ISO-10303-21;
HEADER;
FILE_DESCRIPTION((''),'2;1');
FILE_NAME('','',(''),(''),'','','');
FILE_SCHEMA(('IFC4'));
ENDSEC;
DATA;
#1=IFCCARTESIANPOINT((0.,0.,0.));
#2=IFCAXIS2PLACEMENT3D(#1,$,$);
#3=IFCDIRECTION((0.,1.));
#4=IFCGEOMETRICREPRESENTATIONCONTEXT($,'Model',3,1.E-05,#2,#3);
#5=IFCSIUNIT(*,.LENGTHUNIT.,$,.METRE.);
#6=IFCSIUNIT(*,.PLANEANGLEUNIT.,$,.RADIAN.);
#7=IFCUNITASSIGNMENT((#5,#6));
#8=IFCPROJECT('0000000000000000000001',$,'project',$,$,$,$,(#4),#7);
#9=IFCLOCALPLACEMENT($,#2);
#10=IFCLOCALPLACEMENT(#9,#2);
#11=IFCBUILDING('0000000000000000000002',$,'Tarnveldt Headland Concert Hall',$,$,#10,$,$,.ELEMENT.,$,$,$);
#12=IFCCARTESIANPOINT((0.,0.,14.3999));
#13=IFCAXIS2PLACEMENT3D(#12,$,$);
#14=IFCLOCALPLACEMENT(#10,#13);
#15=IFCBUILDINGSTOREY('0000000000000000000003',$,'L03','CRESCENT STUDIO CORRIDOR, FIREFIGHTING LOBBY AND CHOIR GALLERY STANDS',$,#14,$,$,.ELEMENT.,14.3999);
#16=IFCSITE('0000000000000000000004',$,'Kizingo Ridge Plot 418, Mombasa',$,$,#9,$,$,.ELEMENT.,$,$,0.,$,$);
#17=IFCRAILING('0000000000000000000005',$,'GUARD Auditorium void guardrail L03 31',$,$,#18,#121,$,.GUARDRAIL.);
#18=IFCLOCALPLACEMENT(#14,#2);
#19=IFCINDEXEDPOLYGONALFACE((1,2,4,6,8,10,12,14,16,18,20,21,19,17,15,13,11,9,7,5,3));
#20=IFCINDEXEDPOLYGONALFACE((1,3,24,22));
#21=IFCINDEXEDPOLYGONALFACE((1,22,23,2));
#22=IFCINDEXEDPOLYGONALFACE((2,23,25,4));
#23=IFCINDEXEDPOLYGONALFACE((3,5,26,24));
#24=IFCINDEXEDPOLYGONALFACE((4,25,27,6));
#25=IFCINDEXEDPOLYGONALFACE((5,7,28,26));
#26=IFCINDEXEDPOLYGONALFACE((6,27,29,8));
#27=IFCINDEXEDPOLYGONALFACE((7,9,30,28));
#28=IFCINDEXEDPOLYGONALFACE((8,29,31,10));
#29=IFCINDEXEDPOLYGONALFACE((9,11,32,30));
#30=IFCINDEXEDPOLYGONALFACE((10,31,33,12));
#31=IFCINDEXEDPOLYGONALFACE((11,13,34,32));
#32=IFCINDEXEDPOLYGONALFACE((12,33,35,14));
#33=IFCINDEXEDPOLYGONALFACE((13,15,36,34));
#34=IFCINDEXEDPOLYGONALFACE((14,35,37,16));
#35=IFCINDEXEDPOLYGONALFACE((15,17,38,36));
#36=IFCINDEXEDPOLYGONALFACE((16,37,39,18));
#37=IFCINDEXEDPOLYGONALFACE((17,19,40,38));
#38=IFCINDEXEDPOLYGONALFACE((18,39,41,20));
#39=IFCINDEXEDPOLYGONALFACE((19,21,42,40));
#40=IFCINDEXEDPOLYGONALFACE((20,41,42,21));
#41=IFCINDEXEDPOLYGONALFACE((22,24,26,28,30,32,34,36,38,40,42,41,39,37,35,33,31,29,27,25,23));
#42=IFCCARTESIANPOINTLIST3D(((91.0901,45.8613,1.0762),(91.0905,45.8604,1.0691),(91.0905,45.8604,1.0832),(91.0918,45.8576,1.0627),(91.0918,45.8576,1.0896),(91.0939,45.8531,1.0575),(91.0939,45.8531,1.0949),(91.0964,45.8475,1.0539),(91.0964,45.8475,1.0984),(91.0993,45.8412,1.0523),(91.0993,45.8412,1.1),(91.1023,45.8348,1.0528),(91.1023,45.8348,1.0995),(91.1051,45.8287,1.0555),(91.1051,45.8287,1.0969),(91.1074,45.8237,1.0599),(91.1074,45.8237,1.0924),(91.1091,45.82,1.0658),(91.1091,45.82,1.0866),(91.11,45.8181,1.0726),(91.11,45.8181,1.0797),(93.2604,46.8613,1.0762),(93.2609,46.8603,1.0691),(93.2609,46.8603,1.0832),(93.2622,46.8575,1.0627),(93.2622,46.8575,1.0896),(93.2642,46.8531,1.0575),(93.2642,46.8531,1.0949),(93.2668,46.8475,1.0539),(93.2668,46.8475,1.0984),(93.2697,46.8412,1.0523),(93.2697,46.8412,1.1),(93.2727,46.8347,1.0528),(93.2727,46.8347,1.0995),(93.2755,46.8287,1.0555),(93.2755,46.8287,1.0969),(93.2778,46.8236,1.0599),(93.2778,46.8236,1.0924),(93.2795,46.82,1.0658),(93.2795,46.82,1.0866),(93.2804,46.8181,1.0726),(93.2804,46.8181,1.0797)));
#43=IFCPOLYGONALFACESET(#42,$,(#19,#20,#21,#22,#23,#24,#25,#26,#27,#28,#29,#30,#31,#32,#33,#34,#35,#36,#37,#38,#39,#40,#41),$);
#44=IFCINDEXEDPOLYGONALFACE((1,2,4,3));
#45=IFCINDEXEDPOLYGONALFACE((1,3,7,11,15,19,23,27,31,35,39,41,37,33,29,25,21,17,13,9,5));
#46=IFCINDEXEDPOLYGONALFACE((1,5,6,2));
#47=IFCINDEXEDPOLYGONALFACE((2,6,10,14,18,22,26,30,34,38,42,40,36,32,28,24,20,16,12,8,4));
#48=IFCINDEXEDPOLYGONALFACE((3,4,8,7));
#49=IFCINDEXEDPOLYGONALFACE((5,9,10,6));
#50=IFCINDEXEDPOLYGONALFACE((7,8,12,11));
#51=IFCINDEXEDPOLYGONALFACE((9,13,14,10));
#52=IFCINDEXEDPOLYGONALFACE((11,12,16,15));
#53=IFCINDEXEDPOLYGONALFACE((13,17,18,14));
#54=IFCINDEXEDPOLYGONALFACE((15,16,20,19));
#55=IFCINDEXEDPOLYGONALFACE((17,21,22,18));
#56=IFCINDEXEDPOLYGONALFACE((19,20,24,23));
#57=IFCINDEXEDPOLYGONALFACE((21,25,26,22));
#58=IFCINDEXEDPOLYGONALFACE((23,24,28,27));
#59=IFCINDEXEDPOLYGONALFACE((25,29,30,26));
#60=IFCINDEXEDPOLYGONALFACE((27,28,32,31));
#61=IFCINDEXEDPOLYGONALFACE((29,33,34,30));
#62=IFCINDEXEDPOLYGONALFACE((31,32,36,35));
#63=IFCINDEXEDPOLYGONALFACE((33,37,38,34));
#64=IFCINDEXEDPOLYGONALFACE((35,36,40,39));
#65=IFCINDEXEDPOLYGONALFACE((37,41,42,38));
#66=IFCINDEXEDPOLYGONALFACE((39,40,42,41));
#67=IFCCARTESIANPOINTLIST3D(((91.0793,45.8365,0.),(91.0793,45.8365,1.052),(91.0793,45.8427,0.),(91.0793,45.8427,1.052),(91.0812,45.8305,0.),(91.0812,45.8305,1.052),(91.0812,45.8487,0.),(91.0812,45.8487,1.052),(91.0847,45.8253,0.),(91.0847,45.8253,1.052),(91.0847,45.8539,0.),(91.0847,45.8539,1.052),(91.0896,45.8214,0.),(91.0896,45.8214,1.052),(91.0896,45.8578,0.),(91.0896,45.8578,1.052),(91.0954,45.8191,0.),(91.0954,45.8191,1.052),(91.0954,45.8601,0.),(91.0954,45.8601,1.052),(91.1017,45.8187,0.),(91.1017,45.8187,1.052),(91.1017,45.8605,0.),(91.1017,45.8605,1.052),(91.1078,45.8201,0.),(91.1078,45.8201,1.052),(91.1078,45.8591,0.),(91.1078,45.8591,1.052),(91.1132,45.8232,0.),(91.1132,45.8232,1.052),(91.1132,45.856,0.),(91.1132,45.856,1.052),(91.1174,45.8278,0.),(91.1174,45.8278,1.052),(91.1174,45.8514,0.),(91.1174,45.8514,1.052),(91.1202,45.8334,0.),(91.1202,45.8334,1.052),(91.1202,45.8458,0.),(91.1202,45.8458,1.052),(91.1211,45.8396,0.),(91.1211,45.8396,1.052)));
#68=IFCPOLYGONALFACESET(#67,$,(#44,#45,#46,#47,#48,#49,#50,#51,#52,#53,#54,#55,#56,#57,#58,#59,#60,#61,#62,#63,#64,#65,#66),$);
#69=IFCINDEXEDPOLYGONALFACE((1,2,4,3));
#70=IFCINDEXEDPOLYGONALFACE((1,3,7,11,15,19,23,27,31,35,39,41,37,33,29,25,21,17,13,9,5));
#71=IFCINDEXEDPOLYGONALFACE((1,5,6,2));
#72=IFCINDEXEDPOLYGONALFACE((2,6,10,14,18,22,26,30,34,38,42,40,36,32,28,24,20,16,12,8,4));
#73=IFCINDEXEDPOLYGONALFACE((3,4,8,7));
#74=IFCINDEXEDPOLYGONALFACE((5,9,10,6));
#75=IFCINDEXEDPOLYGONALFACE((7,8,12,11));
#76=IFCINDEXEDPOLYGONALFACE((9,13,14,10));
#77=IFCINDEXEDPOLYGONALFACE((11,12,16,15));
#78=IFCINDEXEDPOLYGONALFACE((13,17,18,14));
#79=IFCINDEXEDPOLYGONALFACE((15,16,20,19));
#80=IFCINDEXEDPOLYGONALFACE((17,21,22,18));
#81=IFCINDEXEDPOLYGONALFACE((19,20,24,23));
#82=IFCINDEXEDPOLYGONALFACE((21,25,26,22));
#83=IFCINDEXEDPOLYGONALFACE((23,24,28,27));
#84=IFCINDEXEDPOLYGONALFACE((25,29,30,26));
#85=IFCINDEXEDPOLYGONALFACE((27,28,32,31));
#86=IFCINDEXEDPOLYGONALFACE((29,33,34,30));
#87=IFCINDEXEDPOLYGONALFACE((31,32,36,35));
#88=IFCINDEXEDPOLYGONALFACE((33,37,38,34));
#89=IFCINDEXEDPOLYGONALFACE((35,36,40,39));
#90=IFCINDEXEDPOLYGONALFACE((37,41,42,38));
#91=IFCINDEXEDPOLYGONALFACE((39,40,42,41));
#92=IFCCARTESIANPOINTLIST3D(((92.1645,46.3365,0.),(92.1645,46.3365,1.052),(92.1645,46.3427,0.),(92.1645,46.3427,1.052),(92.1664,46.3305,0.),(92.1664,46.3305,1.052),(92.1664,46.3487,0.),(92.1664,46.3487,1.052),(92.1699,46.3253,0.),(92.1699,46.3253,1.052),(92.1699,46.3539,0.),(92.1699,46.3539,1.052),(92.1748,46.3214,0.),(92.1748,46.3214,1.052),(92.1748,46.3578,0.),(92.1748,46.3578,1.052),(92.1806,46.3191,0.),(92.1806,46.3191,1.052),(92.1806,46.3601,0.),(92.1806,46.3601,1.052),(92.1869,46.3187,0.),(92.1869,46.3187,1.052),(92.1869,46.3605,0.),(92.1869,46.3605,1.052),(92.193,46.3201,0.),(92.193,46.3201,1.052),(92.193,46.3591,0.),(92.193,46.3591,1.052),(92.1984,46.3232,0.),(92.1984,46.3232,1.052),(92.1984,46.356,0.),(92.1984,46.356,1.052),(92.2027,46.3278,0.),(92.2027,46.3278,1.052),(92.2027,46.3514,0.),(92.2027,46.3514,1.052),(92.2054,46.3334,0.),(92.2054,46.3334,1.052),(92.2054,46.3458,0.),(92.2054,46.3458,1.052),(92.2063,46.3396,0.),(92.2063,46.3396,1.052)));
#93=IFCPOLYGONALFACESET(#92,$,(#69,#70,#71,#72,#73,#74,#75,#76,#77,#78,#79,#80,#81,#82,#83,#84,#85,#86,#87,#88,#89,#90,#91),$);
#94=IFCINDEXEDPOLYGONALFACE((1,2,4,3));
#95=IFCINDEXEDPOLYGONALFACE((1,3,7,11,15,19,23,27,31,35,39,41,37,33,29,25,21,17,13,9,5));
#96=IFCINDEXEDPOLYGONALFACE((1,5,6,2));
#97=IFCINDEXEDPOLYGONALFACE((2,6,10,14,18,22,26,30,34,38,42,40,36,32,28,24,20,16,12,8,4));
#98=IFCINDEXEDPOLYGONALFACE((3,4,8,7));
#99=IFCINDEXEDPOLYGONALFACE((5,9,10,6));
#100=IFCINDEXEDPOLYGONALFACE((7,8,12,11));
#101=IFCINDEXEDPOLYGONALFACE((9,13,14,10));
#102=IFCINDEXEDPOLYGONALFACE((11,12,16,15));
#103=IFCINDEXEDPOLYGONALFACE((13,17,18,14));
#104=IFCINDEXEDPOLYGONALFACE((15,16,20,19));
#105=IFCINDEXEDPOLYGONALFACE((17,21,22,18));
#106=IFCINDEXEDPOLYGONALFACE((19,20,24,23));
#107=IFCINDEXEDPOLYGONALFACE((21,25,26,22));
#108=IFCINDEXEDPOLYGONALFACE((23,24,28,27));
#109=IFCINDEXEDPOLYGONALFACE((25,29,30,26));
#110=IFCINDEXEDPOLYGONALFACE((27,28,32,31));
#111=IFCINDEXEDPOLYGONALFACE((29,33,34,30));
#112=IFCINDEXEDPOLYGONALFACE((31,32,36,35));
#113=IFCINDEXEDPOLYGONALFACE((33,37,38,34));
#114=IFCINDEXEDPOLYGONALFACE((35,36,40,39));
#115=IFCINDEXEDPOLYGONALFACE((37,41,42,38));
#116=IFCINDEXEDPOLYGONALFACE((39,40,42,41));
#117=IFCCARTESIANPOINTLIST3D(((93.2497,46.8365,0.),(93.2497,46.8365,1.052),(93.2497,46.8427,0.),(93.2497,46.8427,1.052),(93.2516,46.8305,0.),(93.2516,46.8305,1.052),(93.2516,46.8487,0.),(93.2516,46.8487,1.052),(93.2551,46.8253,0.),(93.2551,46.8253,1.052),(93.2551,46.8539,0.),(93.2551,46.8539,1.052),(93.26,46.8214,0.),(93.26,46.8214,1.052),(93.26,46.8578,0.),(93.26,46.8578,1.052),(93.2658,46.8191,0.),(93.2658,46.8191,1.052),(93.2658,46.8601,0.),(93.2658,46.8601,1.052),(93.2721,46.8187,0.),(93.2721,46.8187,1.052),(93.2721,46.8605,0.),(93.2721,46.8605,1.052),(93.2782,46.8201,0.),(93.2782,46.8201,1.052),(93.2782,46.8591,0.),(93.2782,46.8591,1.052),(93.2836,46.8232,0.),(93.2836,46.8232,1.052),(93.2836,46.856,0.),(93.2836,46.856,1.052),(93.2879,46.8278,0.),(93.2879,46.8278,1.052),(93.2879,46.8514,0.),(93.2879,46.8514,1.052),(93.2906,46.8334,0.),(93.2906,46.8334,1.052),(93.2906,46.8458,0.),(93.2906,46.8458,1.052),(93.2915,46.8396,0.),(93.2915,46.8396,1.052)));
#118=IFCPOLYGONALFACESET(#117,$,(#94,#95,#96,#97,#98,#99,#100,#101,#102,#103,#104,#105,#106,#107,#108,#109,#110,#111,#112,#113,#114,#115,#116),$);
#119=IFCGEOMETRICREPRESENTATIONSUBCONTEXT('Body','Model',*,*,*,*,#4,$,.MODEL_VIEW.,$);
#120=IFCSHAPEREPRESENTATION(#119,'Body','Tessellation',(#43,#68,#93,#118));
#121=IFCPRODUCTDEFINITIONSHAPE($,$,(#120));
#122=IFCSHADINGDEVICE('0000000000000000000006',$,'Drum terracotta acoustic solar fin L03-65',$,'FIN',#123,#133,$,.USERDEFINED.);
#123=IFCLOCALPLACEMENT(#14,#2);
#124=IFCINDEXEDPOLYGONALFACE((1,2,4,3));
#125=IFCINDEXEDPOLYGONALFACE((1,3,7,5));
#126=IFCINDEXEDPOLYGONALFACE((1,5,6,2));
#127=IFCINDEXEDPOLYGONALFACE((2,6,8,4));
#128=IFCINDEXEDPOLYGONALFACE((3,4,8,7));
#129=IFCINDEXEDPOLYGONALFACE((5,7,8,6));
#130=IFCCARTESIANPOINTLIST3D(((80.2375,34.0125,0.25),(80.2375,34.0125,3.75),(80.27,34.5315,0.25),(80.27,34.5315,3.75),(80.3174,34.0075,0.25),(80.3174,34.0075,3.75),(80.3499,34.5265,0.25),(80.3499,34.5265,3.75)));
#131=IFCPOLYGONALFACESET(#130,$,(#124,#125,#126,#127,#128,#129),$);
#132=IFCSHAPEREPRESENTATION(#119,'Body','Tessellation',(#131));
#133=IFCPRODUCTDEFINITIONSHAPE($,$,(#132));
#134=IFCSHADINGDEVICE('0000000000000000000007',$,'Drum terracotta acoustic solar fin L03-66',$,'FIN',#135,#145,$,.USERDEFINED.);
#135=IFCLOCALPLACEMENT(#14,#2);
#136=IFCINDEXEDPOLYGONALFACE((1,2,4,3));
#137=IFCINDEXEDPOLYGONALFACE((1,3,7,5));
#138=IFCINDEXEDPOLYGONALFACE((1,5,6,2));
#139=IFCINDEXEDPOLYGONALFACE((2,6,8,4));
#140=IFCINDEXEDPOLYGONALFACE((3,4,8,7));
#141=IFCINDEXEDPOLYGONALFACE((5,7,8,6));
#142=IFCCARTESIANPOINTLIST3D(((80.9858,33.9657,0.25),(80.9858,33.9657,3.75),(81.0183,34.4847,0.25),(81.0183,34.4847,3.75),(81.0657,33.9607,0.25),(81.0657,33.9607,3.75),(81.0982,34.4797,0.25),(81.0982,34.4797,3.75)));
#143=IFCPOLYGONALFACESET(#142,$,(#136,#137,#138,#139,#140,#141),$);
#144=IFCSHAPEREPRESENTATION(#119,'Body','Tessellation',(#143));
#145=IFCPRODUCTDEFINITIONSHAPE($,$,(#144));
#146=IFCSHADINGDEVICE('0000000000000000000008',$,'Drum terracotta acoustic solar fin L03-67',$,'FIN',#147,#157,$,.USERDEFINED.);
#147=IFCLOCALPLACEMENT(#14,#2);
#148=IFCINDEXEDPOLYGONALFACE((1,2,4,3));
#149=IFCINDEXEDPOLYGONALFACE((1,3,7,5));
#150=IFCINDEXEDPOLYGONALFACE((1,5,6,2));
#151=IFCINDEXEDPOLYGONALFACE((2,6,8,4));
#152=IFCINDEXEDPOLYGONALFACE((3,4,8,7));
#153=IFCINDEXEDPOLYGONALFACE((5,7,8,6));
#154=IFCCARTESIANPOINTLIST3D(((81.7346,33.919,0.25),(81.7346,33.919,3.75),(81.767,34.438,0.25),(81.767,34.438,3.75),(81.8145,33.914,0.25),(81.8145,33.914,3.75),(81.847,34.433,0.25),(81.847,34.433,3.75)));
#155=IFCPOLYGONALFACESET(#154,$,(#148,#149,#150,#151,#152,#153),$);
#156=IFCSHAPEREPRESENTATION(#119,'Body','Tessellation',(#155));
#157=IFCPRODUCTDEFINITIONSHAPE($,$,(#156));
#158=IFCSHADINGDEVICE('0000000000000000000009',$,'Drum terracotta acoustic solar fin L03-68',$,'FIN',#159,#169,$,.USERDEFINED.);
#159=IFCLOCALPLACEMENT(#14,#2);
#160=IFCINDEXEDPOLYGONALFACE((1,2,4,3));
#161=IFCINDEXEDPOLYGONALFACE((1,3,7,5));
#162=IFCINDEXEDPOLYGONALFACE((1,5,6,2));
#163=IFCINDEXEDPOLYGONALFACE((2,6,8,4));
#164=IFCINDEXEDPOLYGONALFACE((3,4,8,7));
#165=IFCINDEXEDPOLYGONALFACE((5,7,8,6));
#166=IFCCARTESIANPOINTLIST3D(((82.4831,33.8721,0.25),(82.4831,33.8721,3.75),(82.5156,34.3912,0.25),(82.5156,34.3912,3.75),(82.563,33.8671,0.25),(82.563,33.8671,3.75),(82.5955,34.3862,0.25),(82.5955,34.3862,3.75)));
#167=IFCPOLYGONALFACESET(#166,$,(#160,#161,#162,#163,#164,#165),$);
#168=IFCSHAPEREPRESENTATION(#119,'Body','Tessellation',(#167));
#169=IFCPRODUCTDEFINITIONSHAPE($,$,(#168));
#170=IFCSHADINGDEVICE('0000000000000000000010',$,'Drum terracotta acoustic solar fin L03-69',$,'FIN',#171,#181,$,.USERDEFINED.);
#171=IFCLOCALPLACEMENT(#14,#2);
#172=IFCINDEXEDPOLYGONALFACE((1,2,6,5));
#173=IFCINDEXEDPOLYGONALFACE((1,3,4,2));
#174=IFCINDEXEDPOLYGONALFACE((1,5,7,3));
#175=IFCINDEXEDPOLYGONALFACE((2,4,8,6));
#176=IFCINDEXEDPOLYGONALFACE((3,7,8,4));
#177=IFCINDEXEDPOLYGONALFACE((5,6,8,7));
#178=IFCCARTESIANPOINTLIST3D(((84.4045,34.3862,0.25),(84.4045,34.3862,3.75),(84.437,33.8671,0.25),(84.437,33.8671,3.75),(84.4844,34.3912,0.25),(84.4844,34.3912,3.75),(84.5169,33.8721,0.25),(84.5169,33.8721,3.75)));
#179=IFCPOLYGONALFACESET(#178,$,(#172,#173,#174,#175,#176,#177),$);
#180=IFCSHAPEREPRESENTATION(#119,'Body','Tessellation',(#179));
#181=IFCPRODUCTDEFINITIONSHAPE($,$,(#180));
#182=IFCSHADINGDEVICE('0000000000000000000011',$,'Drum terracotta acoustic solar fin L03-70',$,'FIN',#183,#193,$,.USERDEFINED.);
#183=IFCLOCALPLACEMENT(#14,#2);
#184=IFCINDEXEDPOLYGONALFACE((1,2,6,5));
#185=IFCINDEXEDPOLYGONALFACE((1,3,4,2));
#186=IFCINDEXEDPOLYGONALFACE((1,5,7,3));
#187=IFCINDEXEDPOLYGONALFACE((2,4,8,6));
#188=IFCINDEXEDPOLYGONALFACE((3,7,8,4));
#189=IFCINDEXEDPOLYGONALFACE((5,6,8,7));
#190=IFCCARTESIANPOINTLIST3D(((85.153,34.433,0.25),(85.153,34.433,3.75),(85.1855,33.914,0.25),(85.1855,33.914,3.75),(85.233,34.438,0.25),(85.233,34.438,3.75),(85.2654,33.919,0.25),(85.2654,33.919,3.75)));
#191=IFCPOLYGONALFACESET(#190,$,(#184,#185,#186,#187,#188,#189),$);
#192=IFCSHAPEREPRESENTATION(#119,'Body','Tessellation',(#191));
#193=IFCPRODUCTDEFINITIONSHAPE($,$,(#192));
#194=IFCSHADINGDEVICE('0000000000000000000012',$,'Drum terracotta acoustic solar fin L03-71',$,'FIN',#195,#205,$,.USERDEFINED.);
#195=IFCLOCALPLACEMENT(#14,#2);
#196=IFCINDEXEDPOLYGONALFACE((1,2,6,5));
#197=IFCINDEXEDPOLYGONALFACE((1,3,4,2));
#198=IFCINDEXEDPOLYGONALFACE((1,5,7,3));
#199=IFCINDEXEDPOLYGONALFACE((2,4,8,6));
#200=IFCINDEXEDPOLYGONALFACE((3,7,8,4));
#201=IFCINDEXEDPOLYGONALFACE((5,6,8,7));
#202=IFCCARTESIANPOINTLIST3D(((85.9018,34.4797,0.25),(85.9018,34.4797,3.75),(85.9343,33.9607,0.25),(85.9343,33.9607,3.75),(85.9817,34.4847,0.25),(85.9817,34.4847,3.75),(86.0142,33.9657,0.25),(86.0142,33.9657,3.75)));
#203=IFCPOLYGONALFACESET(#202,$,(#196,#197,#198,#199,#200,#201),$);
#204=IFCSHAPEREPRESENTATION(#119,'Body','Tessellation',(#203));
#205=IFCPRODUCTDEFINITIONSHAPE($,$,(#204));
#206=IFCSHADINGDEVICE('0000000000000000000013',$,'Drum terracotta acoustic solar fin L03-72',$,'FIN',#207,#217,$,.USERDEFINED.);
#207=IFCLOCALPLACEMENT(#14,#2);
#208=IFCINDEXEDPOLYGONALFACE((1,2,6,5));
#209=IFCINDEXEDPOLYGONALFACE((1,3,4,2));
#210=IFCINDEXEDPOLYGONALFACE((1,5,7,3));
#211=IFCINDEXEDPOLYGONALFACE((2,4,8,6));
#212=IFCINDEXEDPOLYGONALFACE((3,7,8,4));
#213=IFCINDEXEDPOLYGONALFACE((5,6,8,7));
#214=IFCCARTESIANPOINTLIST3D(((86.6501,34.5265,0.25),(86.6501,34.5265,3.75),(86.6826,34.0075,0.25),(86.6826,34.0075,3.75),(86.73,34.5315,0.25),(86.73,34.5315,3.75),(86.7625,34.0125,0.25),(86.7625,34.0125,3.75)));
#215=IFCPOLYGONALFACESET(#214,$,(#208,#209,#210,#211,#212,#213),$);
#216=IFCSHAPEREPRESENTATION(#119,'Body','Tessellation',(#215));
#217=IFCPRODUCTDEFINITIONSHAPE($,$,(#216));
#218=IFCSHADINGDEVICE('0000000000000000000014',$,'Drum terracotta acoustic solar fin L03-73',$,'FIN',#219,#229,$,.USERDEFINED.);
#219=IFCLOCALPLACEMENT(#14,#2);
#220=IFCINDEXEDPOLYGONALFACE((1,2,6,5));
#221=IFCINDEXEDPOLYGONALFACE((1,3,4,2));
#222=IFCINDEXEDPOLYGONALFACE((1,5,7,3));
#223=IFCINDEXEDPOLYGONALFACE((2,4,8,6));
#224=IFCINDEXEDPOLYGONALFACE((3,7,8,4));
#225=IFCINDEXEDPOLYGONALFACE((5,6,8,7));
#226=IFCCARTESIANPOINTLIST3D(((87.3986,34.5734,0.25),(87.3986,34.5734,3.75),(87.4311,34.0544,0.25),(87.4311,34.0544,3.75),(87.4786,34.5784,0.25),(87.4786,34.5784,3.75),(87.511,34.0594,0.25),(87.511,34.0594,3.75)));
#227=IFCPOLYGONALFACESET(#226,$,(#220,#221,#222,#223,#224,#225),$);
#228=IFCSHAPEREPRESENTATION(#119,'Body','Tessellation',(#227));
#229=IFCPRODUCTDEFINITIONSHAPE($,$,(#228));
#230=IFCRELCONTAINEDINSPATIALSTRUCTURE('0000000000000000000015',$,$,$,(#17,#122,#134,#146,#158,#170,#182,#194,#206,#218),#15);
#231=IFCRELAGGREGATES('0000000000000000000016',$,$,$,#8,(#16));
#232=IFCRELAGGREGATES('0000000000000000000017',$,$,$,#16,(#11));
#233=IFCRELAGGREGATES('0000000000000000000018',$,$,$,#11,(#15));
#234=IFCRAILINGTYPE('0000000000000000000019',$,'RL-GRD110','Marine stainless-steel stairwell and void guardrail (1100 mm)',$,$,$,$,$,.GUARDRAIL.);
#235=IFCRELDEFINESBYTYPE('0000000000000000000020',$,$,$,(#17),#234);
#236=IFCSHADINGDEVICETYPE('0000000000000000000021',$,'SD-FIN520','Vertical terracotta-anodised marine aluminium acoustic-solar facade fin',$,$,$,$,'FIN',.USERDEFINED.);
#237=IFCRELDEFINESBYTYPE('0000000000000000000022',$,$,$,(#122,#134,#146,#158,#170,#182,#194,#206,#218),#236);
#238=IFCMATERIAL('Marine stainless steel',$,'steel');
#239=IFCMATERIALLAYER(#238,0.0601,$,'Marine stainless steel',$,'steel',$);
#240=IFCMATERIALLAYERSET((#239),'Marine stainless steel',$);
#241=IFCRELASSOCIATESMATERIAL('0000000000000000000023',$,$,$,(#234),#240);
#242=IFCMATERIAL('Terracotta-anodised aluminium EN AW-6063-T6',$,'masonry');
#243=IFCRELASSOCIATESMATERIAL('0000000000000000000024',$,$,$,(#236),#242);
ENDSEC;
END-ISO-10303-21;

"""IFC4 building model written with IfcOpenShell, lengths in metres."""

from ifc_helpers import new_model, si_unit, direction, frame, origin, origin_2d, place, context, subcontext, project, spatial, rectangle, circle, extrude, material, layer, layer_set, type_object, element, save


model = new_model("IFC4")

# Units and contexts
model_context = context("Model", 3, precision=1e-05, world=origin(), true_north=direction((0.0, 1.0)))
body_context = subcontext(model_context, "Body", "Model", "MODEL_VIEW")
ifc_project = project(units=[si_unit("LENGTHUNIT", "METRE"), si_unit("PLANEANGLEUNIT", "RADIAN")], contexts=[model_context])

# Site, building, storey
site_placement = place(None, origin())
site = spatial("IfcSite", under=ifc_project, at=site_placement, Name="Kizingo Ridge Plot 418, Mombasa", CompositionType="ELEMENT", RefElevation=0.0)
building_placement = place(site_placement, origin())
building = spatial("IfcBuilding", under=site, at=building_placement, Name="Tarnveldt Headland Concert Hall", CompositionType="ELEMENT")
storey_placement = place(building_placement, frame((0.0, 0.0, 14.3999)))
storey = spatial("IfcBuildingStorey", under=building, at=storey_placement, Name="L03", Description="CRESCENT STUDIO CORRIDOR, FIREFIGHTING LOBBY AND CHOIR GALLERY STANDS", CompositionType="ELEMENT", Elevation=14.3999)

# Railing
ifc_material_1 = material(Name="Marine stainless steel", Category="steel")
ifc_layer_1 = layer(ifc_material_1, 0.0601, Name="Marine stainless steel", Category="steel")
ifc_layer_set_1 = layer_set([ifc_layer_1], Name="Marine stainless steel")
railing_type_1 = type_object("IfcRailingType", Name="RL-GRD110", Description="Marine stainless-steel stairwell and void guardrail (1100 mm)", PredefinedType="GUARDRAIL", material=ifc_layer_set_1)
railing_1_placement = place(storey_placement, frame((91.1001, 45.8396, 0.0)))
element("IfcRailing", 1, at=railing_1_placement, inside=storey, type_object=railing_type_1, Name="GUARD Auditorium void guardrail L03 31", PredefinedType="GUARDRAIL", context=body_context, shape_type="SweptSolid", body=[
    extrude(circle(Radius=0.0239, at=origin_2d()), frame((0.0, 0.0, 1.0762), z_axis=(0.908234, 0.418462, 0.0), x_axis=(-0.418462, 0.908234, 0.0)), (0.0, 0.0, 1.0), 2.3896),
    extrude(circle(Radius=0.021, at=origin_2d()), origin(), (0.0, 0.0, 1.0), 1.052),
    extrude(circle(Radius=0.021, at=origin_2d()), frame((1.0852, 0.5, 0.0)), (0.0, 0.0, 1.0), 1.052),
    extrude(circle(Radius=0.021, at=origin_2d()), frame((2.1704, 1.0, 0.0)), (0.0, 0.0, 1.0), 1.052),
])

# Shading devices
ifc_material_2 = material(Name="Terracotta-anodised aluminium EN AW-6063-T6", Category="masonry")
shading_device_type = type_object("IfcShadingDeviceType", Name="SD-FIN520", Description="Vertical terracotta-anodised marine aluminium acoustic-solar facade fin", ElementType="FIN", PredefinedType="USERDEFINED", material=ifc_material_2)
for number, where, z_axis, x_axis, name in (
    (2, (80.2937, 34.2695, 0.25), (0.0, 0.0, 1.0), (-0.062442, -0.998049, 0.0), "Drum terracotta acoustic solar fin L03-65"),
    (3, (81.042, 34.2227, 0.25), (0.0, 0.0, 1.0), (-0.062442, -0.998049, 0.0), "Drum terracotta acoustic solar fin L03-66"),
    (4, (81.7908, 34.176, 0.25), (0.0, 0.0, 1.0), (-0.062442, -0.998049, 0.0), "Drum terracotta acoustic solar fin L03-67"),
    (5, (82.5393, 34.1292, 0.25), (0.0, 0.0, 1.0), (-0.062442, -0.998049, 0.0), "Drum terracotta acoustic solar fin L03-68"),
    (6, (84.4607, 34.1292, 0.25), (0.0, 0.0, 1.0), (0.062442, -0.998049, 0.0), "Drum terracotta acoustic solar fin L03-69"),
    (7, (85.2092, 34.176, 0.25), (0.0, 0.0, 1.0), (0.062442, -0.998049, 0.0), "Drum terracotta acoustic solar fin L03-70"),
    (8, (85.958, 34.2227, 0.25), (0.0, 0.0, 1.0), (0.062442, -0.998049, 0.0), "Drum terracotta acoustic solar fin L03-71"),
    (9, (86.7063, 34.2695, 0.25), (0.0, 0.0, 1.0), (0.062442, -0.998049, 0.0), "Drum terracotta acoustic solar fin L03-72"),
    (10, (87.4548, 34.3164, 0.25), (0.0, 0.0, 1.0), (0.062442, -0.998049, 0.0), "Drum terracotta acoustic solar fin L03-73"),
):
    element("IfcShadingDevice", number, at=place(storey_placement, frame(where, z_axis=z_axis, x_axis=x_axis)), inside=storey, type_object=shading_device_type, Name=name, ObjectType="FIN", PredefinedType="USERDEFINED", context=body_context, shape_type="SweptSolid", body=[
        extrude(rectangle(XDim=0.52, YDim=0.0801, at=origin_2d()), origin(), (0.0, 0.0, 1.0), 3.5),
    ])

save(model, "model.ifc")
